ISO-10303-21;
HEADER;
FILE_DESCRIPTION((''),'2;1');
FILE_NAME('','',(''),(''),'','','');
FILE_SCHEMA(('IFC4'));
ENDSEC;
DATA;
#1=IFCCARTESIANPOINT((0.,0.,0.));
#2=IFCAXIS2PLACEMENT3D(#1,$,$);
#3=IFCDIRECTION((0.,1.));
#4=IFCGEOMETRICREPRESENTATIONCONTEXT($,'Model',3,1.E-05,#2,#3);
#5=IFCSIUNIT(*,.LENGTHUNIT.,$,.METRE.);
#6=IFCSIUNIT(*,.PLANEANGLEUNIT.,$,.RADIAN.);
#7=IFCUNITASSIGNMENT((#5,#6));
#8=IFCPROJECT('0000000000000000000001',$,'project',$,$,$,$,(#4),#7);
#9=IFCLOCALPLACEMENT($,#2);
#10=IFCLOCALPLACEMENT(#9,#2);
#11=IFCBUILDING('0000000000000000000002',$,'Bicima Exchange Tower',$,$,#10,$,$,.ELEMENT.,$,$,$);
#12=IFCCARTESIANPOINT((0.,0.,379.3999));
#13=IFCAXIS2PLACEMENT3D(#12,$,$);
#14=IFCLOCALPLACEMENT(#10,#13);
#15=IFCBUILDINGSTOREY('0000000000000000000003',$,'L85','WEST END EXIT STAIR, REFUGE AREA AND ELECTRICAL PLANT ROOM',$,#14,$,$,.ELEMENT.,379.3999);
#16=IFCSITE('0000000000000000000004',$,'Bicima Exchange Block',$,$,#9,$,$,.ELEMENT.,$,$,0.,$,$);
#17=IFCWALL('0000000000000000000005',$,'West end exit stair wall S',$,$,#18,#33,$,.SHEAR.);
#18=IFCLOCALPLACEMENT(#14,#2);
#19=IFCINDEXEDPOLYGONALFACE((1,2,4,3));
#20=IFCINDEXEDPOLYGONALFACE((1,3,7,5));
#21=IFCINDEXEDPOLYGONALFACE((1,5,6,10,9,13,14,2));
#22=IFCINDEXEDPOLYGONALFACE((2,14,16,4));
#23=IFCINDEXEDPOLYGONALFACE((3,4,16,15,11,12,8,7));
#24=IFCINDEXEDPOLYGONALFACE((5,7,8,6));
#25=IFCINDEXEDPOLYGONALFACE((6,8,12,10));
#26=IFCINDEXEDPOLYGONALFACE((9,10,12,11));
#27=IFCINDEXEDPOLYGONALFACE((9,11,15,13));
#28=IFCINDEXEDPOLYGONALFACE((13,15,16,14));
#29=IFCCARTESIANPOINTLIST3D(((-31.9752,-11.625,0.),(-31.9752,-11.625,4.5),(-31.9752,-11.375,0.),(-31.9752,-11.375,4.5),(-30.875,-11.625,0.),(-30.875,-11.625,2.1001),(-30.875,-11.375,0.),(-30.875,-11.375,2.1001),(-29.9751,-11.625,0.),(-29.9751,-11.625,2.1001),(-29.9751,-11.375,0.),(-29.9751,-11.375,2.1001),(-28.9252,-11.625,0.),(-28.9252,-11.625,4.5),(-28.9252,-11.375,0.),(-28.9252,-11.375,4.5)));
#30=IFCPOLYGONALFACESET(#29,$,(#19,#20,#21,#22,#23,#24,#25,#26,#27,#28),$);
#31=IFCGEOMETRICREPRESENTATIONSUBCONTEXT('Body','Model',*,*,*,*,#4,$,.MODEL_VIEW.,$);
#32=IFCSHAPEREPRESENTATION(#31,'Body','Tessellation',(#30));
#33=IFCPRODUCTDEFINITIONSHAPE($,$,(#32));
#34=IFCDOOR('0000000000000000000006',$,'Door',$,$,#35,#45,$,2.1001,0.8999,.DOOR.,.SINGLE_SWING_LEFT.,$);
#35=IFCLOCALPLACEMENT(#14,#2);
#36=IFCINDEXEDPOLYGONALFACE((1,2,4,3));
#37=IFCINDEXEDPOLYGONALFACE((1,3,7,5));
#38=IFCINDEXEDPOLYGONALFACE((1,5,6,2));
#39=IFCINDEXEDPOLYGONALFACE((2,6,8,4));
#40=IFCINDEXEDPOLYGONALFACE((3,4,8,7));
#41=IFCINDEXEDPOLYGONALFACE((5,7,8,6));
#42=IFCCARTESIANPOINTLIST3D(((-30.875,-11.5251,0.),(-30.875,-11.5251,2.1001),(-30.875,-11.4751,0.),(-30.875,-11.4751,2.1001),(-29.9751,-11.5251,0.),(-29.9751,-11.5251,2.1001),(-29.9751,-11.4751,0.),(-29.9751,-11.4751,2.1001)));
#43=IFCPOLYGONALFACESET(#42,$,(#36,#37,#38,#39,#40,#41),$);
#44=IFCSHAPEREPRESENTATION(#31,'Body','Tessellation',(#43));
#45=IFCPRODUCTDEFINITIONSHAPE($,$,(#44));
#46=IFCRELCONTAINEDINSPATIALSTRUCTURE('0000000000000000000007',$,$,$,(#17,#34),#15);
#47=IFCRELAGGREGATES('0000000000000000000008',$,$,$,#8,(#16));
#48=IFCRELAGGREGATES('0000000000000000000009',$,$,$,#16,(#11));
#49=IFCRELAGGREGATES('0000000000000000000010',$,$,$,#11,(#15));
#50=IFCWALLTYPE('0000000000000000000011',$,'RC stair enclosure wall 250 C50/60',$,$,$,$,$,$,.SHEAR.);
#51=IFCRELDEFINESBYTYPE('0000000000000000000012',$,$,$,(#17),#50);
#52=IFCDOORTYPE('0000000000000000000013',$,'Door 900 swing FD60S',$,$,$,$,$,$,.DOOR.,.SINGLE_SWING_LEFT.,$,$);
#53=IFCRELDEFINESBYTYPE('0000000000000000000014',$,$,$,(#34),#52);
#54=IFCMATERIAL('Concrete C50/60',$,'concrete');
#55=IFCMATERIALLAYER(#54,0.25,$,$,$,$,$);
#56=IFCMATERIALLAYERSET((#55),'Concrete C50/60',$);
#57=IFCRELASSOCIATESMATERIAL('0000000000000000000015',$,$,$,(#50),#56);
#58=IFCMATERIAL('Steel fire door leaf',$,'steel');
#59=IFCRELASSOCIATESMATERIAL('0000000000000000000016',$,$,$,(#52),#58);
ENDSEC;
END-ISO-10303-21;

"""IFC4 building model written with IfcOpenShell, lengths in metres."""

from ifc_helpers import new_model, si_unit, direction, frame, frame_2d, origin, place, context, subcontext, project, spatial, rectangle, extrude, material, layer, layer_set, type_object, element, fill, save


model = new_model("IFC4")

# Units and contexts
model_context = context("Model", 3, precision=1e-05, world=origin(), true_north=direction((0.0, 1.0)))
body_context = subcontext(model_context, "Body", "Model", "MODEL_VIEW")
ifc_project = project(units=[si_unit("LENGTHUNIT", "METRE"), si_unit("PLANEANGLEUNIT", "RADIAN")], contexts=[model_context])

# Site, building, storey
site_placement = place(None, origin())
site = spatial("IfcSite", under=ifc_project, at=site_placement, Name="Bicima Exchange Block", CompositionType="ELEMENT", RefElevation=0.0)
building_placement = place(site_placement, origin())
building = spatial("IfcBuilding", under=site, at=building_placement, Name="Bicima Exchange Tower", CompositionType="ELEMENT")
storey_placement = place(building_placement, frame((0.0, 0.0, 379.3999)))
storey = spatial("IfcBuildingStorey", under=building, at=storey_placement, Name="L85", Description="WEST END EXIT STAIR, REFUGE AREA AND ELECTRICAL PLANT ROOM", CompositionType="ELEMENT", Elevation=379.3999)

# Shared definitions
ifc_material_1 = material(Name="Steel fire door leaf", Category="steel")

# Shared definitions
ifc_material_2 = material(Name="Concrete C50/60", Category="concrete")
ifc_layer_1 = layer(ifc_material_2, 0.25)
ifc_layer_set_1 = layer_set([ifc_layer_1], Name="Concrete C50/60")
wall_type_1 = type_object("IfcWallType", Name="RC stair enclosure wall 250 C50/60", PredefinedType="SHEAR", material=ifc_layer_set_1)

# Wall, opening, door
wall_1_placement = place(storey_placement, frame((-31.9751, -11.5, 0.0), z_axis=(0.0, 0.0, 1.0), x_axis=(1.0, 0.0, 0.0)))
wall_1 = element("IfcWall", 1, at=wall_1_placement, inside=storey, type_object=wall_type_1, Name="West end exit stair wall S", PredefinedType="SHEAR", context=body_context, shape_type="SweptSolid", body=[
    extrude(rectangle(XDim=3.05, YDim=0.25, at=frame_2d((1.5249, 0.0))), origin(), (0.0, 0.0, 1.0), 4.5),
])
opening_1_placement = place(wall_1_placement, frame((1.1001, 0.0, 0.0)))
opening_1 = element("IfcOpeningElement", 2, at=opening_1_placement, cuts=wall_1, PredefinedType="OPENING", context=body_context, shape_type="SweptSolid", body=[
    extrude(rectangle(XDim=0.8999, YDim=2.1001, at=frame_2d((0.45, 1.05))), frame((0.0, 0.137, 0.0), z_axis=(0.0, -1.0, 0.0), x_axis=(1.0, 0.0, 0.0)), (0.0, 0.0, 1.0), 0.2739),
])
door_type_1 = type_object("IfcDoorType", Name="Door 900 swing FD60S", OperationType="SINGLE_SWING_LEFT", PredefinedType="DOOR", material=ifc_material_1)
door_1_placement = place(opening_1_placement, origin())
door_1 = element("IfcDoor", 3, at=door_1_placement, inside=storey, type_object=door_type_1, Name="Door", OperationType="SINGLE_SWING_LEFT", OverallHeight=2.1001, OverallWidth=0.8999, PredefinedType="DOOR", context=body_context, shape_type="SweptSolid", body=[
    extrude(rectangle(XDim=0.8999, YDim=2.1001, at=frame_2d((0.45, 1.05))), frame((0.0, 0.0249, 0.0), z_axis=(0.0, -1.0, 0.0), x_axis=(1.0, 0.0, 0.0)), (0.0, 0.0, 1.0), 0.05),
])
fill(opening_1, door_1)

save(model, "model.ifc")
